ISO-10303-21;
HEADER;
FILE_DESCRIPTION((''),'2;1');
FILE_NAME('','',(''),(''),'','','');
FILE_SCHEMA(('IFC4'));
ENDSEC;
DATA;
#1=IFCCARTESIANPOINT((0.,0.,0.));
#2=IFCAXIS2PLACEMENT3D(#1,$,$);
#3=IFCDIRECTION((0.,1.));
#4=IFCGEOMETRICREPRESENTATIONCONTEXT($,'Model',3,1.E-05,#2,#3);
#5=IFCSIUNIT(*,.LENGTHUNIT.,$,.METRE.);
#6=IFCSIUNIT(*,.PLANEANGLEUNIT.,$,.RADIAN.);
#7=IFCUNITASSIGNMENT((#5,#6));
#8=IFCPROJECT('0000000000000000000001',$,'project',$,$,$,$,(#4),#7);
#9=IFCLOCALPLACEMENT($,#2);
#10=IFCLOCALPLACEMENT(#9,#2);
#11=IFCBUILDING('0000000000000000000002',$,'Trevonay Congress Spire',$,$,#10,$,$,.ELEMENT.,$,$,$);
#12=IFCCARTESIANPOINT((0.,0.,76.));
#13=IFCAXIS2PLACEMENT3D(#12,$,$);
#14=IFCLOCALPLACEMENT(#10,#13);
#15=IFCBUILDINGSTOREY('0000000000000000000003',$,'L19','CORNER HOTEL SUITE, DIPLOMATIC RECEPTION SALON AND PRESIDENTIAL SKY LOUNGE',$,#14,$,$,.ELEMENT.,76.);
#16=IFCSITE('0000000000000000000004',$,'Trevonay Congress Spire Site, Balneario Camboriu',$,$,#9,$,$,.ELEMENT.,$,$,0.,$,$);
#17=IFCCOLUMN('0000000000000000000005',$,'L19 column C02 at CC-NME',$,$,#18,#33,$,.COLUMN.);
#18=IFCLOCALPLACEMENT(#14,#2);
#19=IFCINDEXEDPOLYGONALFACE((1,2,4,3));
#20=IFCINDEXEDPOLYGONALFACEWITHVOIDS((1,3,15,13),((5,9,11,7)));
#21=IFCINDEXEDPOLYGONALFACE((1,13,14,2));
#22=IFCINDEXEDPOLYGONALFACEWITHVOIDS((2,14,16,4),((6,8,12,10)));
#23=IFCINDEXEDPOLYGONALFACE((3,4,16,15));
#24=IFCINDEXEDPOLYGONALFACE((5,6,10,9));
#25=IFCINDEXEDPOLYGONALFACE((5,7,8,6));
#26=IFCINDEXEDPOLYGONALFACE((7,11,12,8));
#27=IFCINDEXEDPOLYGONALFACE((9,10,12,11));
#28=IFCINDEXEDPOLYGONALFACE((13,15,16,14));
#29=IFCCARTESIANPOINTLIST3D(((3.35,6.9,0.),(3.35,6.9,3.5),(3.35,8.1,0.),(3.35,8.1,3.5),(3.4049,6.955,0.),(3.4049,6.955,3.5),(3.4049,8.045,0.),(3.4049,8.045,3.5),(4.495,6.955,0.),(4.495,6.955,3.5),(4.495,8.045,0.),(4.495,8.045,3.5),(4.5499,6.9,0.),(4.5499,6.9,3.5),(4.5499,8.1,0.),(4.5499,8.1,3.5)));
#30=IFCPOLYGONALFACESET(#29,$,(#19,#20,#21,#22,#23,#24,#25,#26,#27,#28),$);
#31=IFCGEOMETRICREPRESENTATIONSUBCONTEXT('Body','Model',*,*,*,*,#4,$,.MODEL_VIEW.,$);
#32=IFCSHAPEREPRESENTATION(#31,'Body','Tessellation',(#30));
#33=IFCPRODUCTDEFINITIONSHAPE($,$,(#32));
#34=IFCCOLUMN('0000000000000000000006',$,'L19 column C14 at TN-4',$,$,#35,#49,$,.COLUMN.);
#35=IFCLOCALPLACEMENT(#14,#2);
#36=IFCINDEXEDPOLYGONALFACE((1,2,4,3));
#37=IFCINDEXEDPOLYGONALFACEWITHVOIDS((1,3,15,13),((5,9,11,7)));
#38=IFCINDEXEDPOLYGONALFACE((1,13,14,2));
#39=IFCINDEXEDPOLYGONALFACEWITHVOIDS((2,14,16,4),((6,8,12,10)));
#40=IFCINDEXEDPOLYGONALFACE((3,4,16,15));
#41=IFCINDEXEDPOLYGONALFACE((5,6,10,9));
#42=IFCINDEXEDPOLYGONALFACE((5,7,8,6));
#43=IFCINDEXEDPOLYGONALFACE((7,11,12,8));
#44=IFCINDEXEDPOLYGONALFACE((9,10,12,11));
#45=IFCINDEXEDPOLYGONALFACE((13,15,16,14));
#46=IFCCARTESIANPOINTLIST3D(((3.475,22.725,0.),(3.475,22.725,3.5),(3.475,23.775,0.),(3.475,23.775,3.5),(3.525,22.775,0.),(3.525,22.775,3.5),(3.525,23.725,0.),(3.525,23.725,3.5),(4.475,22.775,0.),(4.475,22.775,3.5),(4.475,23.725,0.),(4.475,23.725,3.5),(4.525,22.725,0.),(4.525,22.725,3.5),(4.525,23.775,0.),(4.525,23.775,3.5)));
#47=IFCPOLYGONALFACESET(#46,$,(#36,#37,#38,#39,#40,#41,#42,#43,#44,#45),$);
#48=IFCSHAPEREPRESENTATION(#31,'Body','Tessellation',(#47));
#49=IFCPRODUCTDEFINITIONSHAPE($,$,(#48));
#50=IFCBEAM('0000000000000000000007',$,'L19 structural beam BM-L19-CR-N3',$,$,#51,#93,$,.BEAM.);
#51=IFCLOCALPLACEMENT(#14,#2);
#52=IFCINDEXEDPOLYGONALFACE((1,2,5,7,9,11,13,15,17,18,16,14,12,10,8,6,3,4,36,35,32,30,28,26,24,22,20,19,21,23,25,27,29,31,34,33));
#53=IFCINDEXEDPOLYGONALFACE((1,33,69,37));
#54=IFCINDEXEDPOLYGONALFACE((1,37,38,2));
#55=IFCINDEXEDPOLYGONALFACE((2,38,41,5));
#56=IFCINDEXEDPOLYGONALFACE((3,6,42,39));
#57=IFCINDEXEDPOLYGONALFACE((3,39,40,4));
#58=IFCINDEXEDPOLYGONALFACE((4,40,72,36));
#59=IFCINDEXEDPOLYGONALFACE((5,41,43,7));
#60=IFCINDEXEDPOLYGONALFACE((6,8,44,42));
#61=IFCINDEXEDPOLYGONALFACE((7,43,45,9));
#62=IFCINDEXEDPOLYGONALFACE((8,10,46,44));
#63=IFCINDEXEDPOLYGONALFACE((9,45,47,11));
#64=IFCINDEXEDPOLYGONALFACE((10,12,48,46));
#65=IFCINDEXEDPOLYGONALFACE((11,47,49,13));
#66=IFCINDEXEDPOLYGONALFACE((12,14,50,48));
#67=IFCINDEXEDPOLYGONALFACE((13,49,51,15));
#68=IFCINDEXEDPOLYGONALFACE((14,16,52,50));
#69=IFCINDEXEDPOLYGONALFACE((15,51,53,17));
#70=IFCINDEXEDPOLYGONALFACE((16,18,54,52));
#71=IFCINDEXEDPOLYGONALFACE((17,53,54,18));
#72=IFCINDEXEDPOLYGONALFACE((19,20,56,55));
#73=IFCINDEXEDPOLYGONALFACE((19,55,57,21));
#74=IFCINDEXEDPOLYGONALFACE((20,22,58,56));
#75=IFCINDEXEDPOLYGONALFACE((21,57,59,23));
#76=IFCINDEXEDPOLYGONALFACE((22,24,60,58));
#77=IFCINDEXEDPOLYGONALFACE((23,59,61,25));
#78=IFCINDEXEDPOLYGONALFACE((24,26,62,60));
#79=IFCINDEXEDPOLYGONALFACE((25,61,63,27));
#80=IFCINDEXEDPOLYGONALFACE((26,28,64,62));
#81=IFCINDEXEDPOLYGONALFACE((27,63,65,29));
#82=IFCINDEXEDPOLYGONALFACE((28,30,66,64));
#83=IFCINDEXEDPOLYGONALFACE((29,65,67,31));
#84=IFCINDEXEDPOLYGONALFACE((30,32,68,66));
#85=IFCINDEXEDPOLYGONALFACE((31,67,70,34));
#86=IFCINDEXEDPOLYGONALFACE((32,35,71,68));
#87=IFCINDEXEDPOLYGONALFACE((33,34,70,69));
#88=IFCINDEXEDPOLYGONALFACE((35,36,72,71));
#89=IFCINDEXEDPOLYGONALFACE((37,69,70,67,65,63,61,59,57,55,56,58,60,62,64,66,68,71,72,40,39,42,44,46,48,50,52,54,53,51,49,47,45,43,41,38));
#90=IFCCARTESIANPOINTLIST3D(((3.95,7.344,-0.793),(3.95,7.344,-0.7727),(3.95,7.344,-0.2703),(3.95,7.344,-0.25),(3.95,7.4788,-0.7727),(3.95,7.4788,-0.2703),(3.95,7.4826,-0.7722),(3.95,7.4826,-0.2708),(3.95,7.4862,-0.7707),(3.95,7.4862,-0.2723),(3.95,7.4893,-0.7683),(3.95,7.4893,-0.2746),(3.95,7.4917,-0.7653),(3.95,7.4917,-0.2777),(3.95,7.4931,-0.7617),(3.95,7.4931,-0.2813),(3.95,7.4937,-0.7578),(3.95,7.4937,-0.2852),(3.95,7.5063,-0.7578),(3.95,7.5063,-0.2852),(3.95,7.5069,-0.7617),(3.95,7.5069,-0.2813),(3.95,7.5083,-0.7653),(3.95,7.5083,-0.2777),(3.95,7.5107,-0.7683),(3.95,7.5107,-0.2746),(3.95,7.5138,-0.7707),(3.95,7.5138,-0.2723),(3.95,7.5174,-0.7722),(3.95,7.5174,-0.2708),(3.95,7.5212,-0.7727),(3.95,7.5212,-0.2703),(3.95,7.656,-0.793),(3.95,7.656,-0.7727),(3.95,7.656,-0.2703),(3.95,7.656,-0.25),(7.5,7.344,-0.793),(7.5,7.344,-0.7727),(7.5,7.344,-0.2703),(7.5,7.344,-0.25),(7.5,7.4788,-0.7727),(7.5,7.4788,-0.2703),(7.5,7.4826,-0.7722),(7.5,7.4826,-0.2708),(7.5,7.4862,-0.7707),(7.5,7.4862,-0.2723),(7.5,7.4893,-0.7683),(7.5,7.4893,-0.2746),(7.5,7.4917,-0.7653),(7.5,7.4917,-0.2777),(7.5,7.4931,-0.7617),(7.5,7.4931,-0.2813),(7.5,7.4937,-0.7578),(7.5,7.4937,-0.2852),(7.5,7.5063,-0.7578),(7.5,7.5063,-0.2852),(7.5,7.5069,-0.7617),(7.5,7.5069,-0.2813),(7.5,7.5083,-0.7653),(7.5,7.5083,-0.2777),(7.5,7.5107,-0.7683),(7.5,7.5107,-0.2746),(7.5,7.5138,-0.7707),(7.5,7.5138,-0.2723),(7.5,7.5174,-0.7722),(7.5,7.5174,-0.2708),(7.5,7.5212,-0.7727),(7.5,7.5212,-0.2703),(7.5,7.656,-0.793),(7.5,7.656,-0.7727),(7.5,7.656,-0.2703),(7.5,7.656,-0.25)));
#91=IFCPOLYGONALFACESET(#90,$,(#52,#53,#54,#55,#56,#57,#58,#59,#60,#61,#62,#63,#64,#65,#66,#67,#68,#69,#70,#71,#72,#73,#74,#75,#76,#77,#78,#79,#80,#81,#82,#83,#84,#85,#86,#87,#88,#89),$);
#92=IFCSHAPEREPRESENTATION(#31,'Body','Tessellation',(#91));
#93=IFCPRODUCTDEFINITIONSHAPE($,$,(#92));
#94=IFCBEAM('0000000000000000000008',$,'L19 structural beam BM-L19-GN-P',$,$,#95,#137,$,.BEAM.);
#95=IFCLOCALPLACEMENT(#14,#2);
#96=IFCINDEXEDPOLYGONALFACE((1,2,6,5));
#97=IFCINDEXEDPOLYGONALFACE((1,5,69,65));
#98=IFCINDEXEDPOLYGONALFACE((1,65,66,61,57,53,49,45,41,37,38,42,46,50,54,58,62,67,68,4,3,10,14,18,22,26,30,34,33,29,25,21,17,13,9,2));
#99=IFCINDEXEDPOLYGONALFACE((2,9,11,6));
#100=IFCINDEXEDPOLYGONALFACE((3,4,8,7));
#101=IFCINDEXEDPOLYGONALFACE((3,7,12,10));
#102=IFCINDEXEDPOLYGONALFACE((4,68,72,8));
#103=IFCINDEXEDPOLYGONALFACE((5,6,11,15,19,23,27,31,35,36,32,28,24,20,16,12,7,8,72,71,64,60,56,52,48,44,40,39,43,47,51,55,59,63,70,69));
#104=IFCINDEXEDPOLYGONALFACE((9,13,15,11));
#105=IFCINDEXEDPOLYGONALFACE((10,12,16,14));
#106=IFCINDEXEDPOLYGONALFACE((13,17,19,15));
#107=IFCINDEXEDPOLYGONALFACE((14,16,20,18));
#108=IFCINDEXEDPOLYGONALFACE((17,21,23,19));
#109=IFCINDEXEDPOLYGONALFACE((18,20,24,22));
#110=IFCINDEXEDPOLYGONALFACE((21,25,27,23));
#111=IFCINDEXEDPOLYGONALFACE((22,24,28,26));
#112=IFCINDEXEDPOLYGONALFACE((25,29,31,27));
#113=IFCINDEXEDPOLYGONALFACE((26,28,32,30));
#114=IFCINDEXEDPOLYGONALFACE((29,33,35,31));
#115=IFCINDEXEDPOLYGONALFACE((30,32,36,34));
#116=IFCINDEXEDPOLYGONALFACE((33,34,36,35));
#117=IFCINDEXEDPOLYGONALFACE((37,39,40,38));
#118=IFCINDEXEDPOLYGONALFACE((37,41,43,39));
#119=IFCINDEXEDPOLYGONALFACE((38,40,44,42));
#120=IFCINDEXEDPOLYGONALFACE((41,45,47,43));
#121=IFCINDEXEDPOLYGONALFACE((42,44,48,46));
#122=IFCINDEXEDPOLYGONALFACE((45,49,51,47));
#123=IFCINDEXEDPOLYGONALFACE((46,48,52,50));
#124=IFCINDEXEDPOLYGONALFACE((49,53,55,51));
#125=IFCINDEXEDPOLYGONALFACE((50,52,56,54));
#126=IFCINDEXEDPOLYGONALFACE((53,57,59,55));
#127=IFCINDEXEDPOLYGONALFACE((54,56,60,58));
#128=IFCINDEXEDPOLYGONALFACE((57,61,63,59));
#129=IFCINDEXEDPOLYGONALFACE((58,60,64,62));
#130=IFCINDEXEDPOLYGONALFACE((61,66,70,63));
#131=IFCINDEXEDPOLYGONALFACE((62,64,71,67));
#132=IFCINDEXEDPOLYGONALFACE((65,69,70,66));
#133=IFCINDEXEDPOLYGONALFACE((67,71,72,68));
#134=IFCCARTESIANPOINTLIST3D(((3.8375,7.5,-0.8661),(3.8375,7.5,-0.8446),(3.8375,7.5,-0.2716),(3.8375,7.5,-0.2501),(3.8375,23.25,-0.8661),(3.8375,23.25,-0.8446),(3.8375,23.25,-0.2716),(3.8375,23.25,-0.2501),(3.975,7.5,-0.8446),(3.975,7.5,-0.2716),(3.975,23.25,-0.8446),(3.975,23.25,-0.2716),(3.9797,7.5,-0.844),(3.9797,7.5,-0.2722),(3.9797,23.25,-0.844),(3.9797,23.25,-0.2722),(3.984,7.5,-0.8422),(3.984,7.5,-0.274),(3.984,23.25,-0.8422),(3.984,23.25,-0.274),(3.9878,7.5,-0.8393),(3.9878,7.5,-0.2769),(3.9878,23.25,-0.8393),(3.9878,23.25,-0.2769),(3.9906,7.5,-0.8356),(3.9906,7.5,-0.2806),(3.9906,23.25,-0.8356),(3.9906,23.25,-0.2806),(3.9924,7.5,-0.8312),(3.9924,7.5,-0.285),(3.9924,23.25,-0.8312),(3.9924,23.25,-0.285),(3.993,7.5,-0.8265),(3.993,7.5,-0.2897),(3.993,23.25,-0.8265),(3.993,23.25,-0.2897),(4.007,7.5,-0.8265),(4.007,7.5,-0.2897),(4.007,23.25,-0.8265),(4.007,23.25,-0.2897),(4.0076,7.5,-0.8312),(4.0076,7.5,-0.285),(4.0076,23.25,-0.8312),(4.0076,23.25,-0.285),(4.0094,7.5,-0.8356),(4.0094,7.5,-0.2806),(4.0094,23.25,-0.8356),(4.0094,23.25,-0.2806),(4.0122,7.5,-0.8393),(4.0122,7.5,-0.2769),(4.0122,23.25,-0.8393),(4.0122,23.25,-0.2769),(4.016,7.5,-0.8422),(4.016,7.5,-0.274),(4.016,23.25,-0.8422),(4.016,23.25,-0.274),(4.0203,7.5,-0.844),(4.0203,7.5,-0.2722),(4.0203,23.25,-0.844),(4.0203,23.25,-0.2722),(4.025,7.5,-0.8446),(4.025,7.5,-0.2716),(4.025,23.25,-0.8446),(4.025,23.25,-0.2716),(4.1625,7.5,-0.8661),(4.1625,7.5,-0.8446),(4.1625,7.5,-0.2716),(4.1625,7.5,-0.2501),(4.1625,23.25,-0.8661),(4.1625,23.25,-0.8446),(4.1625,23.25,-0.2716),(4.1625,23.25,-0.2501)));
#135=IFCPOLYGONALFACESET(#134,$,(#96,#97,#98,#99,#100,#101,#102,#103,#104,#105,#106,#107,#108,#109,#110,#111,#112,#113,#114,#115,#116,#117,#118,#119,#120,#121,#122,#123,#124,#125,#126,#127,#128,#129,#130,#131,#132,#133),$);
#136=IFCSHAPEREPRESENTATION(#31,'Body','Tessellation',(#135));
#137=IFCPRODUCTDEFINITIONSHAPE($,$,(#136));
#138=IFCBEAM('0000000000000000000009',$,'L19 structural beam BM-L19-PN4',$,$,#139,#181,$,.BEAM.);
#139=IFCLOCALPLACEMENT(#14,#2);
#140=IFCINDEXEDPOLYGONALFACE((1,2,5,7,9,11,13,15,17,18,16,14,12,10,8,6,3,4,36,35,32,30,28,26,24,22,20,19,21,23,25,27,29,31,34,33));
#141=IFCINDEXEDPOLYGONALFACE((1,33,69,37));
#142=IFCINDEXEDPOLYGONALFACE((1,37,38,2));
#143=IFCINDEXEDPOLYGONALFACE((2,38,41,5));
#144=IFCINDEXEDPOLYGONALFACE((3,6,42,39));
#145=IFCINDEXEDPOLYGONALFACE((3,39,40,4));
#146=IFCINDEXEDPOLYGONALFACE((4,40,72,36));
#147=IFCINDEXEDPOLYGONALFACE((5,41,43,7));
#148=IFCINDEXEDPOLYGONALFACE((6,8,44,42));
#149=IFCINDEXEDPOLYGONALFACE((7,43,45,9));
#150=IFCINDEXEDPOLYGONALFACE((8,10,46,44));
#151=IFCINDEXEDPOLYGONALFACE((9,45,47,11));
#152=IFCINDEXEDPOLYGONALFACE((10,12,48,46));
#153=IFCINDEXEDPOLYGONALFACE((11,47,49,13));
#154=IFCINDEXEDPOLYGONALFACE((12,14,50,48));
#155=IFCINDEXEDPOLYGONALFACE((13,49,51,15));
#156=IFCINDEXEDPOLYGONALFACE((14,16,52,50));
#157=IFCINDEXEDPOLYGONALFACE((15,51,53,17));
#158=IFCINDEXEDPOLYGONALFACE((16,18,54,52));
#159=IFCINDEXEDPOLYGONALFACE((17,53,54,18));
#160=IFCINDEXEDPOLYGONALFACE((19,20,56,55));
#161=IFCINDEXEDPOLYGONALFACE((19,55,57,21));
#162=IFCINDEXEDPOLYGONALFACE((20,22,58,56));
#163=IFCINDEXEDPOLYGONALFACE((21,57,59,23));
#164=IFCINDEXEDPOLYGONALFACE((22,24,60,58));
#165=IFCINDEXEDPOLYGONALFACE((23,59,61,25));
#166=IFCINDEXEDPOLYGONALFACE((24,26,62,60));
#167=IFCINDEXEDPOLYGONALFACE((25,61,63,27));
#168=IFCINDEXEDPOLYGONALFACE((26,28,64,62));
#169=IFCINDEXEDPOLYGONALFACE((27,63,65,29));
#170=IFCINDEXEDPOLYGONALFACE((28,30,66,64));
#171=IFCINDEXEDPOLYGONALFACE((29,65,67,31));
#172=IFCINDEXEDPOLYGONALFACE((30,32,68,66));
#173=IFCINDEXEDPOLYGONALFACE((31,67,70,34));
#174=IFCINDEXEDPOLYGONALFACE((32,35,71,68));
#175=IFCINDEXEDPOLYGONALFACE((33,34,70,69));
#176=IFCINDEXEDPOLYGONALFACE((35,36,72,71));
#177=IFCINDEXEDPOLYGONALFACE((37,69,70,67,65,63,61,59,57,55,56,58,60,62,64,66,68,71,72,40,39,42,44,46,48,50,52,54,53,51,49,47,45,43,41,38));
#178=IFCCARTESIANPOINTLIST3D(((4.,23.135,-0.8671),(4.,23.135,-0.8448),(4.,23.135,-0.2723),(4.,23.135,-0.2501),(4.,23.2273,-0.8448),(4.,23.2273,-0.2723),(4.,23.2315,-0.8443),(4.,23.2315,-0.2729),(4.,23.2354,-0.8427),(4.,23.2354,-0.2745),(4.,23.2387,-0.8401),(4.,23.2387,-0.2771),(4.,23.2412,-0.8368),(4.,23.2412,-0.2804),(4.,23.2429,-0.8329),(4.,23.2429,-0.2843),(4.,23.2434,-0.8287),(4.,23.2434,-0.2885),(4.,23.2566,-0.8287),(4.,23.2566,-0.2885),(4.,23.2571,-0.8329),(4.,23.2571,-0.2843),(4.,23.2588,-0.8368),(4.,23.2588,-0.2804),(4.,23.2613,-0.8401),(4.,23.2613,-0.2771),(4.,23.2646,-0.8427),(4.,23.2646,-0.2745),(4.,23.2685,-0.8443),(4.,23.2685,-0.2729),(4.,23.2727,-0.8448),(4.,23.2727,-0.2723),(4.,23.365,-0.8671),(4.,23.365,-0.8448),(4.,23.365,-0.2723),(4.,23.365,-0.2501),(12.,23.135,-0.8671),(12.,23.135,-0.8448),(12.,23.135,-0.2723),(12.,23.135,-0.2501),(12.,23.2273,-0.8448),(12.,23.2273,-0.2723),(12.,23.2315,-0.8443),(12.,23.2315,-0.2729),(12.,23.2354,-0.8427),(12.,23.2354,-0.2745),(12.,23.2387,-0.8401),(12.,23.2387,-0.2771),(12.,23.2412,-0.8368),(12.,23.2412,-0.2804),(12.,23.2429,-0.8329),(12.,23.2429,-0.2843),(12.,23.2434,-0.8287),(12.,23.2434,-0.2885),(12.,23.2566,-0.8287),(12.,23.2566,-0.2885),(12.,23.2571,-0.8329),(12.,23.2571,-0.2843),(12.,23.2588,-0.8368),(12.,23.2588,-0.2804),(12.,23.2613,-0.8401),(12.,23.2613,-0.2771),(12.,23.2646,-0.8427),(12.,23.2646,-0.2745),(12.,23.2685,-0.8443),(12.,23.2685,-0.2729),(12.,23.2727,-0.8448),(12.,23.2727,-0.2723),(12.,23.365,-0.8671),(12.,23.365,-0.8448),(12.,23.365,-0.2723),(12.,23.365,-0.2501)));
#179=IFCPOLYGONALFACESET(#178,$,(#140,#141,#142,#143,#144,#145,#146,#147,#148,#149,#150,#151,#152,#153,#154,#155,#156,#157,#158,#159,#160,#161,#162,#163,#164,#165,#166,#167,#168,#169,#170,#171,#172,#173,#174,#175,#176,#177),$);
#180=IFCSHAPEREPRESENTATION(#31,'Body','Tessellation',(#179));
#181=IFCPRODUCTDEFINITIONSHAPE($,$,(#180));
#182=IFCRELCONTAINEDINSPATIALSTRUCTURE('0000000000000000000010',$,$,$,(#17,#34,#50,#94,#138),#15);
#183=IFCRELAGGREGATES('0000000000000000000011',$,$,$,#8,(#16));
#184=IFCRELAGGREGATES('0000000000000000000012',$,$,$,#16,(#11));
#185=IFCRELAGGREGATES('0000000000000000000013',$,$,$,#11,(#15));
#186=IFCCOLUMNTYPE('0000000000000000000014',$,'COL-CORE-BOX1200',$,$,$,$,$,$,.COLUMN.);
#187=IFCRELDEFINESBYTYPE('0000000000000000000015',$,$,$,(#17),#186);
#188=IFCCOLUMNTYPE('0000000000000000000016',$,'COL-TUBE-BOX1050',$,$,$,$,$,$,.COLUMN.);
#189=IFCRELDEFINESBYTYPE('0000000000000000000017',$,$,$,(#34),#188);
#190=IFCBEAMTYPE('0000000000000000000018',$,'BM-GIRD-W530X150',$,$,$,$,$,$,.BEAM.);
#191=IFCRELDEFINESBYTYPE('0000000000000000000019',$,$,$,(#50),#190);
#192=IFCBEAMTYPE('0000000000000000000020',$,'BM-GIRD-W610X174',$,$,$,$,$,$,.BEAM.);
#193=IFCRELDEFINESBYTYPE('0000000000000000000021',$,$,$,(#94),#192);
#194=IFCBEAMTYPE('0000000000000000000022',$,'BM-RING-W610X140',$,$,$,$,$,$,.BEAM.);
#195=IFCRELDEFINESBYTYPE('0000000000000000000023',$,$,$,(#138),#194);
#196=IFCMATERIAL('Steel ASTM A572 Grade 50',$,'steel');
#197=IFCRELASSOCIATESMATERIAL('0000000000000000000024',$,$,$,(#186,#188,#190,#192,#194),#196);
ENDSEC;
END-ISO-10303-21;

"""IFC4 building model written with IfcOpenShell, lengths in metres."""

from ifc_helpers import new_model, si_unit, direction, frame, origin, origin_2d, place, context, subcontext, project, spatial, hollow_rectangle, i_section, extrude, material, material_profile, profile_set, type_object, element, save


model = new_model("IFC4")

# Units and contexts
model_context = context("Model", 3, precision=1e-05, world=origin(), true_north=direction((0.0, 1.0)))
body_context = subcontext(model_context, "Body", "Model", "MODEL_VIEW")
ifc_project = project(units=[si_unit("LENGTHUNIT", "METRE"), si_unit("PLANEANGLEUNIT", "RADIAN")], contexts=[model_context])

# Site, building, storey
site_placement = place(None, origin())
site = spatial("IfcSite", under=ifc_project, at=site_placement, Name="Trevonay Congress Spire Site, Balneario Camboriu", CompositionType="ELEMENT", RefElevation=0.0)
building_placement = place(site_placement, origin())
building = spatial("IfcBuilding", under=site, at=building_placement, Name="Trevonay Congress Spire", CompositionType="ELEMENT")
storey_placement = place(building_placement, frame((0.0, 0.0, 76.0)))
storey = spatial("IfcBuildingStorey", under=building, at=storey_placement, Name="L19", Description="CORNER HOTEL SUITE, DIPLOMATIC RECEPTION SALON AND PRESIDENTIAL SKY LOUNGE", CompositionType="ELEMENT", Elevation=76.0)

# Columns
ifc_material_1 = material(Name="Steel ASTM A572 Grade 50", Category="steel")
ifc_material_profile_1 = material_profile(ifc_material_1, hollow_rectangle(XDim=1.2, YDim=1.2, WallThickness=0.0549, at=origin_2d()), Name="BOX 1200x1200x55")
ifc_profile_set_1 = profile_set([ifc_material_profile_1], Name="Steel ASTM A572 Grade 50")
column_type_1 = type_object("IfcColumnType", Name="COL-CORE-BOX1200", PredefinedType="COLUMN", material=ifc_profile_set_1)
column_1_placement = place(storey_placement, frame((3.95, 7.5, 0.0), z_axis=(0.0, 0.0, 1.0), x_axis=(1.0, 0.0, 0.0)))
element("IfcColumn", 1, at=column_1_placement, inside=storey, type_object=column_type_1, Name="L19 column C02 at CC-NME", PredefinedType="COLUMN", context=body_context, shape_type="SweptSolid", body=[
    extrude(hollow_rectangle(XDim=1.2, YDim=1.2, WallThickness=0.0549, at=origin_2d()), origin(), (0.0, 0.0, 1.0), 3.5),
])
ifc_material_profile_2 = material_profile(ifc_material_1, hollow_rectangle(XDim=1.05, YDim=1.05, WallThickness=0.05, at=origin_2d()), Name="BOX 1050x1050x50")
ifc_profile_set_2 = profile_set([ifc_material_profile_2], Name="Steel ASTM A572 Grade 50")
column_type_2 = type_object("IfcColumnType", Name="COL-TUBE-BOX1050", PredefinedType="COLUMN", material=ifc_profile_set_2)
column_2_placement = place(storey_placement, frame((4.0, 23.25, 0.0), z_axis=(0.0, 0.0, 1.0), x_axis=(1.0, 0.0, 0.0)))
element("IfcColumn", 2, at=column_2_placement, inside=storey, type_object=column_type_2, Name="L19 column C14 at TN-4", PredefinedType="COLUMN", context=body_context, shape_type="SweptSolid", body=[
    extrude(hollow_rectangle(XDim=1.05, YDim=1.05, WallThickness=0.05, at=origin_2d()), origin(), (0.0, 0.0, 1.0), 3.5),
])

# Beams
ifc_material_profile_3 = material_profile(ifc_material_1, i_section(OverallWidth=0.312, OverallDepth=0.543, WebThickness=0.0127, FlangeThickness=0.0203, FilletRadius=0.0149, at=origin_2d()), Name="W530x150")
ifc_profile_set_3 = profile_set([ifc_material_profile_3], Name="Steel ASTM A572 Grade 50")
beam_type_1 = type_object("IfcBeamType", Name="BM-GIRD-W530X150", PredefinedType="BEAM", material=ifc_profile_set_3)
beam_1_placement = place(storey_placement, frame((3.95, 7.5, -0.5215), z_axis=(1.0, 0.0, 0.0), x_axis=(0.0, 1.0, 0.0)))
element("IfcBeam", 3, at=beam_1_placement, inside=storey, type_object=beam_type_1, Name="L19 structural beam BM-L19-CR-N3", PredefinedType="BEAM", context=body_context, shape_type="SweptSolid", body=[
    extrude(i_section(OverallWidth=0.312, OverallDepth=0.543, WebThickness=0.0127, FlangeThickness=0.0203, FilletRadius=0.0149, at=origin_2d()), origin(), (0.0, 0.0, 1.0), 3.55),
])
ifc_material_profile_4 = material_profile(ifc_material_1, i_section(OverallWidth=0.325, OverallDepth=0.616, WebThickness=0.0139, FlangeThickness=0.0215, FilletRadius=0.0181, at=origin_2d()), Name="W610x174")
ifc_profile_set_4 = profile_set([ifc_material_profile_4], Name="Steel ASTM A572 Grade 50")
beam_type_2 = type_object("IfcBeamType", Name="BM-GIRD-W610X174", PredefinedType="BEAM", material=ifc_profile_set_4)
beam_2_placement = place(storey_placement, frame((4.0, 7.5, -0.5581), z_axis=(0.0, 1.0, 0.0), x_axis=(-1.0, 0.0, 0.0)))
element("IfcBeam", 4, at=beam_2_placement, inside=storey, type_object=beam_type_2, Name="L19 structural beam BM-L19-GN-P", PredefinedType="BEAM", context=body_context, shape_type="SweptSolid", body=[
    extrude(i_section(OverallWidth=0.325, OverallDepth=0.616, WebThickness=0.0139, FlangeThickness=0.0215, FilletRadius=0.0181, at=origin_2d()), origin(), (0.0, 0.0, 1.0), 15.75),
])
ifc_material_profile_5 = material_profile(ifc_material_1, i_section(OverallWidth=0.23, OverallDepth=0.6169, WebThickness=0.0132, FlangeThickness=0.0222, FilletRadius=0.0161, at=origin_2d()), Name="W610x140")
ifc_profile_set_5 = profile_set([ifc_material_profile_5], Name="Steel ASTM A572 Grade 50")
beam_type_3 = type_object("IfcBeamType", Name="BM-RING-W610X140", PredefinedType="BEAM", material=ifc_profile_set_5)
beam_3_placement = place(storey_placement, frame((4.0, 23.25, -0.5586), z_axis=(1.0, 0.0, 0.0), x_axis=(0.0, 1.0, 0.0)))
element("IfcBeam", 5, at=beam_3_placement, inside=storey, type_object=beam_type_3, Name="L19 structural beam BM-L19-PN4", PredefinedType="BEAM", context=body_context, shape_type="SweptSolid", body=[
    extrude(i_section(OverallWidth=0.23, OverallDepth=0.6169, WebThickness=0.0132, FlangeThickness=0.0222, FilletRadius=0.0161, at=origin_2d()), origin(), (0.0, 0.0, 1.0), 8.0),
])

save(model, "model.ifc")
